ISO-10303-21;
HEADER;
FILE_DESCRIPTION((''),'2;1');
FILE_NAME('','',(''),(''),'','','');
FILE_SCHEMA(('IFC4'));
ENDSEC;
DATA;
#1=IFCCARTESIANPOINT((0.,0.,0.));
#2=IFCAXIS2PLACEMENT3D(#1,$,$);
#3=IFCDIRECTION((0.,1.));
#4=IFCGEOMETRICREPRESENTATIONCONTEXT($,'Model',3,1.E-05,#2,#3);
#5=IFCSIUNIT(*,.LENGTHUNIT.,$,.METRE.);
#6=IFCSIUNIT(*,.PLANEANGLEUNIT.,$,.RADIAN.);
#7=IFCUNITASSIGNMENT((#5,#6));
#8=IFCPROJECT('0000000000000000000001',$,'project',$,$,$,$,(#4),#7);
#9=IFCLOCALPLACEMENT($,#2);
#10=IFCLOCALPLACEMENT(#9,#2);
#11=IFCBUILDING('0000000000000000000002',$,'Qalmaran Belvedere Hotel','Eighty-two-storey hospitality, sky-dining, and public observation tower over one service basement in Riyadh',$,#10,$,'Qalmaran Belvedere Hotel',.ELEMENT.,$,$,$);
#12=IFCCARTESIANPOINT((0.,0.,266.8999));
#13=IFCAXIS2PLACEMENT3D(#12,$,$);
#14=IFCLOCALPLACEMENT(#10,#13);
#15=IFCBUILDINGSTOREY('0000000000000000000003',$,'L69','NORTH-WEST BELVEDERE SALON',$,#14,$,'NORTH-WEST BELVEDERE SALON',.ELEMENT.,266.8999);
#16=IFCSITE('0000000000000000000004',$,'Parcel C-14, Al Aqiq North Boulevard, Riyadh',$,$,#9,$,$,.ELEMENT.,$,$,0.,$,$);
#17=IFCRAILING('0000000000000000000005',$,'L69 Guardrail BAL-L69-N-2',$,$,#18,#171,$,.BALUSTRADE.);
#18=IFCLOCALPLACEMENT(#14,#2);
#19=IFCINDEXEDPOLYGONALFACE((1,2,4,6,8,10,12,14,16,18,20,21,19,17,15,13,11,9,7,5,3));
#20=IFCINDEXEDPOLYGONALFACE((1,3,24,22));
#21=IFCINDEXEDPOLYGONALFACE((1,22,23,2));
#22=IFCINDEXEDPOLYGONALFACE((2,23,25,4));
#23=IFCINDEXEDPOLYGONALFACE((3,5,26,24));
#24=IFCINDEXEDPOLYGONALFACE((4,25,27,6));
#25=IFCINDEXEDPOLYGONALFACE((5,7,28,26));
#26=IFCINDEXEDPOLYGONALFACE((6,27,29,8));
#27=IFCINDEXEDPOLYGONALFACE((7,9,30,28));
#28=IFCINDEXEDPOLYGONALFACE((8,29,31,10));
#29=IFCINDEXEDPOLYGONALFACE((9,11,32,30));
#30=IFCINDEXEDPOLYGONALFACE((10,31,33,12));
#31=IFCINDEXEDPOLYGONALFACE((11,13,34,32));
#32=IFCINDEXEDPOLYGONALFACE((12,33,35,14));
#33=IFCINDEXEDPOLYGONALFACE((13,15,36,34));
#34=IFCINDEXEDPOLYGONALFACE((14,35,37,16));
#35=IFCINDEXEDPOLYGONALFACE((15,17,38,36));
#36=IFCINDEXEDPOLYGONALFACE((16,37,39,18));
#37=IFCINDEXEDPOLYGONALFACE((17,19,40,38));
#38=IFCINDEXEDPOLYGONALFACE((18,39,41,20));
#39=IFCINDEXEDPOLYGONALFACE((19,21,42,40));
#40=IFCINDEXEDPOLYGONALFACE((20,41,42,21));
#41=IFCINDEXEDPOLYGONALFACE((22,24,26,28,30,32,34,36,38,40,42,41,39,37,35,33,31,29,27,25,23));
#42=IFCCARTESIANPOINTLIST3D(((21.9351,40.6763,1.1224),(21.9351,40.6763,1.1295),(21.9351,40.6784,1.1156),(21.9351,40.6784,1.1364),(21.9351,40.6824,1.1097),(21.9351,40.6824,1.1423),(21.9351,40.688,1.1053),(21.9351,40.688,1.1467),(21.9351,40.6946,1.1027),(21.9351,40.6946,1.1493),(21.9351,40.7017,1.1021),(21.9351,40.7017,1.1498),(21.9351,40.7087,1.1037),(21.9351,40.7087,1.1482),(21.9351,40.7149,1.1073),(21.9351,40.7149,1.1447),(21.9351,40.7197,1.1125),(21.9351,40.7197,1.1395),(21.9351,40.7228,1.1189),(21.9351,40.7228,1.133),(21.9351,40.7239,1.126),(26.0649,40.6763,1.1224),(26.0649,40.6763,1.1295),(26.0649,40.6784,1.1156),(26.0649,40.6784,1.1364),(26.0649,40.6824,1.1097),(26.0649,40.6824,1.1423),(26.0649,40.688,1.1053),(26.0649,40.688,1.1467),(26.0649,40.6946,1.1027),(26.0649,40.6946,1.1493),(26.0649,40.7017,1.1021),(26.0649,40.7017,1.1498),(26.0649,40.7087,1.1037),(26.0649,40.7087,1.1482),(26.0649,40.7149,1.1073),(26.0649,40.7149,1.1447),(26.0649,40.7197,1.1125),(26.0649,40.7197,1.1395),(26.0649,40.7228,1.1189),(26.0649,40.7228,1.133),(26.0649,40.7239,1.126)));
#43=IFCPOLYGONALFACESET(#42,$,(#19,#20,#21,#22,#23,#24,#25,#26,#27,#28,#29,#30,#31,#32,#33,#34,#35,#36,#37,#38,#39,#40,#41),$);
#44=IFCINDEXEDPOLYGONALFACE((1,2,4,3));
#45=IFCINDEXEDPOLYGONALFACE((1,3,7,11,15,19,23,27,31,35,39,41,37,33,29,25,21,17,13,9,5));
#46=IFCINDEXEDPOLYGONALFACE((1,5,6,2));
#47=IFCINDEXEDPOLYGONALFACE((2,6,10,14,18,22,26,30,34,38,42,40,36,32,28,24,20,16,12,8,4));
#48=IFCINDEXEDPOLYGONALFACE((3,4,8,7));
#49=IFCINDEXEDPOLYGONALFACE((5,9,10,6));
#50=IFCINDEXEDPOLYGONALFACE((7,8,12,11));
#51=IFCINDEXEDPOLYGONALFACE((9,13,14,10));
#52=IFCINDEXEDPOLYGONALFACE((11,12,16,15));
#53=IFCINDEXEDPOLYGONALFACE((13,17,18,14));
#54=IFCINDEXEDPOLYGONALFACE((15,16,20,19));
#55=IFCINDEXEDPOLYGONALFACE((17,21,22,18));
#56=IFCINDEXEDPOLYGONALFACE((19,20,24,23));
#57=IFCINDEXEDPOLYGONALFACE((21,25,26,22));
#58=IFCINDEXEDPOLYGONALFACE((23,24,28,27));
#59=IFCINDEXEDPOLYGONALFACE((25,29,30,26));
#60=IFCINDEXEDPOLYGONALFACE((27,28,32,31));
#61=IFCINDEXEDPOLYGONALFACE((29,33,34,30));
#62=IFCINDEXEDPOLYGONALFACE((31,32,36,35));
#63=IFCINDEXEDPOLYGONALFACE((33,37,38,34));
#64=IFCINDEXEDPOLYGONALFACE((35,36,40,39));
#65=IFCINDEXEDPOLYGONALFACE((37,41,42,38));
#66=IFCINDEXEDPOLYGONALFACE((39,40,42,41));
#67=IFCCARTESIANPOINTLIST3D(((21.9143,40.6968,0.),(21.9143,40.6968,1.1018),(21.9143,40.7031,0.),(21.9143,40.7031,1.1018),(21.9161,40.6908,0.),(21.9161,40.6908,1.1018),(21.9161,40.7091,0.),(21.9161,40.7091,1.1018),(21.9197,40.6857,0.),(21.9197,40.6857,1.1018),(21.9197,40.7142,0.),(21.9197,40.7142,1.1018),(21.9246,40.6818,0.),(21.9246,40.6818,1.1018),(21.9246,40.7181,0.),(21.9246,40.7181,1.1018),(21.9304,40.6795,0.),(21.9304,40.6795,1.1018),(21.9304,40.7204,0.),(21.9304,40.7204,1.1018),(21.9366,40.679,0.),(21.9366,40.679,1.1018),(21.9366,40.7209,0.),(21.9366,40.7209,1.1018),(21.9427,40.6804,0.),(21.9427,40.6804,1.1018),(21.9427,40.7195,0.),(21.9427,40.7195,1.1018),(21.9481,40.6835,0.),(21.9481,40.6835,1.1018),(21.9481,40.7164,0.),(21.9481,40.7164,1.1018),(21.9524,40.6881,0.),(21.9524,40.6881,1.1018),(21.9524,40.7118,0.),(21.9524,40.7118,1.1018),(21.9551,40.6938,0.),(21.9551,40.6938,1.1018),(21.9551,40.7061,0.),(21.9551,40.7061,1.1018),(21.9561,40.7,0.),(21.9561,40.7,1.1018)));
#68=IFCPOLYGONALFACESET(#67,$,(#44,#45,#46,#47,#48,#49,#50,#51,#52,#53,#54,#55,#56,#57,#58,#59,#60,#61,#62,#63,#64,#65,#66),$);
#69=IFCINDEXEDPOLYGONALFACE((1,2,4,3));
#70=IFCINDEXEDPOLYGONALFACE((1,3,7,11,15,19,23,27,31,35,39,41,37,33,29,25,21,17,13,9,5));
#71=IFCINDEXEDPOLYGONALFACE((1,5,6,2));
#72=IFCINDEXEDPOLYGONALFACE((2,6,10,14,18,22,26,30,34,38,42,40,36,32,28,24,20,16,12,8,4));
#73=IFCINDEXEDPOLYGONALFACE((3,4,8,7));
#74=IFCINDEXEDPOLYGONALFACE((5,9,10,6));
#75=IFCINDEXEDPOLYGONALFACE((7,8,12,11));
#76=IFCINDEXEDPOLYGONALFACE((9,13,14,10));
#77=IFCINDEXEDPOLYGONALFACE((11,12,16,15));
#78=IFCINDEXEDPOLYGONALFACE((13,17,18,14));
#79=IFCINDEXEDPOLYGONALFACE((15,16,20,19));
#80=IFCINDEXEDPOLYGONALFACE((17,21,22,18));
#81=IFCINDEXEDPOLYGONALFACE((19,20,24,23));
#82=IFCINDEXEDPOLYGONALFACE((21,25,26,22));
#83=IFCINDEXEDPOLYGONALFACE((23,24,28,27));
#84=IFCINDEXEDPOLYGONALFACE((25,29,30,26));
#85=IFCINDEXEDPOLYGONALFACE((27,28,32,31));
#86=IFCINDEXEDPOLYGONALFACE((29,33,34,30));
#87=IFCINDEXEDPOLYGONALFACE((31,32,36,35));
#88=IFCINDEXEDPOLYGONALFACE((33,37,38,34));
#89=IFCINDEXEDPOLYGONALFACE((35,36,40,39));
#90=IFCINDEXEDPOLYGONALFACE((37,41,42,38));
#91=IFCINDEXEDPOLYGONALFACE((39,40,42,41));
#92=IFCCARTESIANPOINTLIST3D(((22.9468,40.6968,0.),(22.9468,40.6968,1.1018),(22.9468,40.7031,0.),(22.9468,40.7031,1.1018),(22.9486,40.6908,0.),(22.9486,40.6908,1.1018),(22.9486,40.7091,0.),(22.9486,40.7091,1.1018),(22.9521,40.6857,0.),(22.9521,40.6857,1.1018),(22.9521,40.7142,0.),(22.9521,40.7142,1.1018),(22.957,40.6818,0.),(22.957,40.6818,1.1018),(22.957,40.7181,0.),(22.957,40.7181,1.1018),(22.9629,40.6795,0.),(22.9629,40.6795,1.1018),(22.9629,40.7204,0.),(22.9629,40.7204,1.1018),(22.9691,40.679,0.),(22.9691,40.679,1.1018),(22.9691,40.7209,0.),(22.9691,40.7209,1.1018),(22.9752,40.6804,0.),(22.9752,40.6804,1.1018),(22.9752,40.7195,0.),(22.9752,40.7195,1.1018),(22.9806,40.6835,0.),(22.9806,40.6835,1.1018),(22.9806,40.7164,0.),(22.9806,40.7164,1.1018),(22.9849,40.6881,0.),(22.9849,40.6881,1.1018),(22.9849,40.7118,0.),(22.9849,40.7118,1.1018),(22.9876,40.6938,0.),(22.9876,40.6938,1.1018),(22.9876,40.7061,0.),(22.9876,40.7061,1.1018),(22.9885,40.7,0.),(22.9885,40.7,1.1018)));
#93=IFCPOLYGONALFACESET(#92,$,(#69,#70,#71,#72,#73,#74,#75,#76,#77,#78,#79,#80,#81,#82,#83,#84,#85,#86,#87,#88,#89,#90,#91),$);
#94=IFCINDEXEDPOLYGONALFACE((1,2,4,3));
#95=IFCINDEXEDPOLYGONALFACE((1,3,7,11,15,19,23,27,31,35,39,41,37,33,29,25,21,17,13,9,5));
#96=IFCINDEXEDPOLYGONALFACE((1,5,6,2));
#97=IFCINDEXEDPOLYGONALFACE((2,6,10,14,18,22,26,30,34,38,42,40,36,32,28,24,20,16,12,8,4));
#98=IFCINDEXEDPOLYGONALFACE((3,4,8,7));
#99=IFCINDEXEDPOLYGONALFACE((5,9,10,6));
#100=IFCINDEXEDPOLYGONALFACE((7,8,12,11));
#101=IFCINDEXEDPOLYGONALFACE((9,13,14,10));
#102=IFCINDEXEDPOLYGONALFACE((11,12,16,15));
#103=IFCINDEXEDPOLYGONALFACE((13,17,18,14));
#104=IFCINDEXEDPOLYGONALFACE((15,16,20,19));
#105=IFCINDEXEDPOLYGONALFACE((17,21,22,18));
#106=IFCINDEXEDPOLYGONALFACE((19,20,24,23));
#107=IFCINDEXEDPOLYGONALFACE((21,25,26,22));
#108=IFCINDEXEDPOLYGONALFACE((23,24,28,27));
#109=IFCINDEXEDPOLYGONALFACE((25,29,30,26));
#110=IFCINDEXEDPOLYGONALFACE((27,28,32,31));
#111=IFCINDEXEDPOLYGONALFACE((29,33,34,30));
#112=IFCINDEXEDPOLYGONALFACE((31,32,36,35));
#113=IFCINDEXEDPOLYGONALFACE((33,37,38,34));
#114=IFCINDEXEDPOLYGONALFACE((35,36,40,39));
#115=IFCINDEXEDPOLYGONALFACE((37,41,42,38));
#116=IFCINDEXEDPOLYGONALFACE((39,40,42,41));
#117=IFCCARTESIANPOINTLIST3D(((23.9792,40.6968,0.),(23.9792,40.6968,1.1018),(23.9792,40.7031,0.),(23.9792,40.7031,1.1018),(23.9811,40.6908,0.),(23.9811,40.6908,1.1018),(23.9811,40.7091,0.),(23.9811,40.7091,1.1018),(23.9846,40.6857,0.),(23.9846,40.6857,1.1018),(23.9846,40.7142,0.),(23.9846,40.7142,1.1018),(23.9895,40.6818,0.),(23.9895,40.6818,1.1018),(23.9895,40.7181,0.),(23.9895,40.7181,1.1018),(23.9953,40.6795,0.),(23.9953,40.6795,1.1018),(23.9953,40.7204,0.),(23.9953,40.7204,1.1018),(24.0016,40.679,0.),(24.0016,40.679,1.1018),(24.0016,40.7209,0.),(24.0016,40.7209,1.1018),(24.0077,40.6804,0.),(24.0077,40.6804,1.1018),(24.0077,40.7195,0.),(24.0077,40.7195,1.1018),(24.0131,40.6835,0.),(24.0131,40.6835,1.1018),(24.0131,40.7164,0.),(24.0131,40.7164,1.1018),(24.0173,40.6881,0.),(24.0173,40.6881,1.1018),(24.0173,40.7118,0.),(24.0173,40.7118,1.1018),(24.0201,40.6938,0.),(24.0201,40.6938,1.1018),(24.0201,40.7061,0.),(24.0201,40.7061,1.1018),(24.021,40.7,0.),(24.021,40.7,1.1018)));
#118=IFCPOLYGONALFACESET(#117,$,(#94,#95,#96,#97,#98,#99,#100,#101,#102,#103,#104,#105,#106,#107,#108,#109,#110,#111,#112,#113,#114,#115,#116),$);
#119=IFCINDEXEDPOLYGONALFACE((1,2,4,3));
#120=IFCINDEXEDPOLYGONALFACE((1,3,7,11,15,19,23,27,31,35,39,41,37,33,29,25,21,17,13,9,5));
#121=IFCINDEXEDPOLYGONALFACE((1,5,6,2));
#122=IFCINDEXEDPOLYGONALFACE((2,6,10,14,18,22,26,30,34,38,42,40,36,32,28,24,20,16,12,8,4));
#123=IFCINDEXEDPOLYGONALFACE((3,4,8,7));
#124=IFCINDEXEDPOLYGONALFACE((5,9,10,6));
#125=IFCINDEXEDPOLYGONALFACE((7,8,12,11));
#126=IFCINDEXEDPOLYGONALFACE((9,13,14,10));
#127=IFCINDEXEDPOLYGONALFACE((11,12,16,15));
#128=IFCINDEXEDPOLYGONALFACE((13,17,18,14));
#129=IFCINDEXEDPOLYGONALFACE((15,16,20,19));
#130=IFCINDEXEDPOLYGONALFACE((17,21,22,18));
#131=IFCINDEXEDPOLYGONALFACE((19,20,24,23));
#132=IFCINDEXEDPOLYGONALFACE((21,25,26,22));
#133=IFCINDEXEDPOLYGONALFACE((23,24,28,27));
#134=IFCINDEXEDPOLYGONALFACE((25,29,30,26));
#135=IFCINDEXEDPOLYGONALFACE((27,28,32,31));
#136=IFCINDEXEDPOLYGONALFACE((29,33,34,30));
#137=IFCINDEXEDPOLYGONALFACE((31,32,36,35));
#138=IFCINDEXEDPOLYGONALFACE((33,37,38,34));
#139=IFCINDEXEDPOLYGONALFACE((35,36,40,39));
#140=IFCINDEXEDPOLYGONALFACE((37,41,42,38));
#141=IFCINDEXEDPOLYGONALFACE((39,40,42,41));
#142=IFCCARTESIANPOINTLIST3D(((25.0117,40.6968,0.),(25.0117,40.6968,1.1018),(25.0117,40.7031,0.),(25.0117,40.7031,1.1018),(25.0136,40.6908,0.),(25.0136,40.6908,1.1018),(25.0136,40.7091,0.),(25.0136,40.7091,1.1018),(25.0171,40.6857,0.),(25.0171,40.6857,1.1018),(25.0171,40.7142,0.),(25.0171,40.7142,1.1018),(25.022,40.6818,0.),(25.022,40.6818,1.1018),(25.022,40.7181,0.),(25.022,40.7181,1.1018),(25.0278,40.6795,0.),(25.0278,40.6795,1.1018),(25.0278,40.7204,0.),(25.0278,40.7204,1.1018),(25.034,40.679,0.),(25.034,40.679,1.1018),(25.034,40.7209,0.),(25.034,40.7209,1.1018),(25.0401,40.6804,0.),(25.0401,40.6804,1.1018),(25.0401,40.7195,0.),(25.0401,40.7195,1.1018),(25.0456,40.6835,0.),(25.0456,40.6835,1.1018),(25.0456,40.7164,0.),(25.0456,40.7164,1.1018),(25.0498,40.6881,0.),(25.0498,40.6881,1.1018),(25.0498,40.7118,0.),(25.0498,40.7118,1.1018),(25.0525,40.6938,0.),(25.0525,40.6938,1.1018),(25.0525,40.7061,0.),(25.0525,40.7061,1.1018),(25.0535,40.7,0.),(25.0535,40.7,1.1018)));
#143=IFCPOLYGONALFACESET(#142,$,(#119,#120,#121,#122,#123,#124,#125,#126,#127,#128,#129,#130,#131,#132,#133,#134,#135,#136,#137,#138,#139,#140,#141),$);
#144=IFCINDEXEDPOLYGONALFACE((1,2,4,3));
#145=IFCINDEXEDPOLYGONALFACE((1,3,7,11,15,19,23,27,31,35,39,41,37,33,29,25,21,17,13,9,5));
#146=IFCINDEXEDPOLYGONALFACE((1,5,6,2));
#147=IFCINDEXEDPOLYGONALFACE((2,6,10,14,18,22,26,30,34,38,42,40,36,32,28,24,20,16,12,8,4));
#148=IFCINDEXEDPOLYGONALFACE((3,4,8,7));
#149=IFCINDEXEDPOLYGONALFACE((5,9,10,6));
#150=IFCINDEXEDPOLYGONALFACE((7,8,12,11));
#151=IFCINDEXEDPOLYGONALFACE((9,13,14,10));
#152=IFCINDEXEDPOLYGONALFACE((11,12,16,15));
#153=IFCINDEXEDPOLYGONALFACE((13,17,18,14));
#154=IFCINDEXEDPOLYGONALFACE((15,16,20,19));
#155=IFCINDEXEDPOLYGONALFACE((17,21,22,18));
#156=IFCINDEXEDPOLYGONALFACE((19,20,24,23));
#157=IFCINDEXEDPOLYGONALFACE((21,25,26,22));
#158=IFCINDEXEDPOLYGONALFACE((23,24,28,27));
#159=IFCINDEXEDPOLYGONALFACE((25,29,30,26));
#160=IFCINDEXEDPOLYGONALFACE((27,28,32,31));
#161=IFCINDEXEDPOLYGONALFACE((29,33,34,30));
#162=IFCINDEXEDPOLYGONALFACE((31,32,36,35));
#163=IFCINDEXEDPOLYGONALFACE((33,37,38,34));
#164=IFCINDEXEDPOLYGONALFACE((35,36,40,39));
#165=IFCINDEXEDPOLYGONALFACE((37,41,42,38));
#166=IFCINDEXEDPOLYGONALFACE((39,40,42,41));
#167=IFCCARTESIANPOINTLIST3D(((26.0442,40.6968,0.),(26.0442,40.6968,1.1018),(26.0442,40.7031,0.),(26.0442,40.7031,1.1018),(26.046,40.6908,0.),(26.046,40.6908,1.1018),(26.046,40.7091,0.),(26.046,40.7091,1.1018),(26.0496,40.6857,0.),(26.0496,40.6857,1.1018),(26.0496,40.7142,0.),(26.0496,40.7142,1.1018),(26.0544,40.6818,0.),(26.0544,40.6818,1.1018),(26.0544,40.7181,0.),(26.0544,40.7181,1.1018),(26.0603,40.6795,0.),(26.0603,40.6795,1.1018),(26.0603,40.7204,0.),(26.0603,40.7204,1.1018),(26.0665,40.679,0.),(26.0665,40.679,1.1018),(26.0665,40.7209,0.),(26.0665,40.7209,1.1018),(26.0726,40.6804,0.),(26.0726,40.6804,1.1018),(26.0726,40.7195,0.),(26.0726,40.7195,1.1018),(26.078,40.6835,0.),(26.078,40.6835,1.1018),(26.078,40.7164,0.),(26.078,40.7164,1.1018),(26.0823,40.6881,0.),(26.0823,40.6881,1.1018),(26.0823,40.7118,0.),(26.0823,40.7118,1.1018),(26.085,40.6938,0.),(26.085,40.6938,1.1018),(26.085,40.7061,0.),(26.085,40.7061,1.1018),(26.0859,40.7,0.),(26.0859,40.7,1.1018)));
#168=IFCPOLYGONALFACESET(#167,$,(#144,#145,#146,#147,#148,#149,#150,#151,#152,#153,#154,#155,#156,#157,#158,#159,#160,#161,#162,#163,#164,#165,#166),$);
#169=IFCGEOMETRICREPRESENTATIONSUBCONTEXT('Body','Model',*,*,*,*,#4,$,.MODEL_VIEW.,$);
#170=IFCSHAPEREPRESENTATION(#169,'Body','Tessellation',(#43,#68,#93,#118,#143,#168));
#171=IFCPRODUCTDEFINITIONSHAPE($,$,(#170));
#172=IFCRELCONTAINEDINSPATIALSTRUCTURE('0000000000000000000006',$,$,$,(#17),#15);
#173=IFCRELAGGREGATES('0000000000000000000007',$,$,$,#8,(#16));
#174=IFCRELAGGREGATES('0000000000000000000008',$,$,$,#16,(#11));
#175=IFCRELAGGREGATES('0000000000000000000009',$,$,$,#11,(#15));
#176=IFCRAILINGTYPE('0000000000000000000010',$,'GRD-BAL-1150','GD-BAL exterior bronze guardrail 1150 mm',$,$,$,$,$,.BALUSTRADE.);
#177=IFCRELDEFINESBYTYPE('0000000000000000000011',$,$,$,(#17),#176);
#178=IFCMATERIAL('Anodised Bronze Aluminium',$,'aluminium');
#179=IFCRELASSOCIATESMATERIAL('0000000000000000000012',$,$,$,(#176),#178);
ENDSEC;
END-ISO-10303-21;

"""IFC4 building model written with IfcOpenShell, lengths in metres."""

from ifc_helpers import new_model, si_unit, direction, frame, origin, origin_2d, place, context, subcontext, project, spatial, circle, extrude, material, type_object, element, save


model = new_model("IFC4")

# Units and contexts
model_context = context("Model", 3, precision=1e-05, world=origin(), true_north=direction((0.0, 1.0)))
body_context = subcontext(model_context, "Body", "Model", "MODEL_VIEW")
ifc_project = project(units=[si_unit("LENGTHUNIT", "METRE"), si_unit("PLANEANGLEUNIT", "RADIAN")], contexts=[model_context])

# Site, building, storey
site_placement = place(None, origin())
site = spatial("IfcSite", under=ifc_project, at=site_placement, Name="Parcel C-14, Al Aqiq North Boulevard, Riyadh", CompositionType="ELEMENT", RefElevation=0.0)
building_placement = place(site_placement, origin())
building = spatial("IfcBuilding", under=site, at=building_placement, Name="Qalmaran Belvedere Hotel", Description="Eighty-two-storey hospitality, sky-dining, and public observation tower over one service basement in Riyadh", LongName="Qalmaran Belvedere Hotel", CompositionType="ELEMENT")
storey_placement = place(building_placement, frame((0.0, 0.0, 266.8999)))
storey = spatial("IfcBuildingStorey", under=building, at=storey_placement, Name="L69", Description="NORTH-WEST BELVEDERE SALON", LongName="NORTH-WEST BELVEDERE SALON", CompositionType="ELEMENT", Elevation=266.8999)

# Shared definitions
ifc_material_1 = material(Name="Anodised Bronze Aluminium", Category="aluminium")

# Railing
railing_type = type_object("IfcRailingType", Name="GRD-BAL-1150", Description="GD-BAL exterior bronze guardrail 1150 mm", PredefinedType="BALUSTRADE", material=ifc_material_1)
railing_1_placement = place(storey_placement, frame((21.9351, 40.7, 0.0)))
element("IfcRailing", 1, at=railing_1_placement, inside=storey, type_object=railing_type, Name="L69 Guardrail BAL-L69-N-2", PredefinedType="BALUSTRADE", context=body_context, shape_type="SweptSolid", body=[
    extrude(circle(Radius=0.0239, at=origin_2d()), frame((0.0, 0.0, 1.126), z_axis=(1.0, 0.0, 0.0), x_axis=(0.0, 1.0, 0.0)), (0.0, 0.0, 1.0), 4.1299),
    extrude(circle(Radius=0.021, at=origin_2d()), origin(), (0.0, 0.0, 1.0), 1.1018),
    extrude(circle(Radius=0.021, at=origin_2d()), frame((1.0325, 0.0, 0.0)), (0.0, 0.0, 1.0), 1.1018),
    extrude(circle(Radius=0.021, at=origin_2d()), frame((2.0649, 0.0, 0.0)), (0.0, 0.0, 1.0), 1.1018),
    extrude(circle(Radius=0.021, at=origin_2d()), frame((3.0974, 0.0, 0.0)), (0.0, 0.0, 1.0), 1.1018),
    extrude(circle(Radius=0.021, at=origin_2d()), frame((4.1299, 0.0, 0.0)), (0.0, 0.0, 1.0), 1.1018),
])

save(model, "model.ifc")
